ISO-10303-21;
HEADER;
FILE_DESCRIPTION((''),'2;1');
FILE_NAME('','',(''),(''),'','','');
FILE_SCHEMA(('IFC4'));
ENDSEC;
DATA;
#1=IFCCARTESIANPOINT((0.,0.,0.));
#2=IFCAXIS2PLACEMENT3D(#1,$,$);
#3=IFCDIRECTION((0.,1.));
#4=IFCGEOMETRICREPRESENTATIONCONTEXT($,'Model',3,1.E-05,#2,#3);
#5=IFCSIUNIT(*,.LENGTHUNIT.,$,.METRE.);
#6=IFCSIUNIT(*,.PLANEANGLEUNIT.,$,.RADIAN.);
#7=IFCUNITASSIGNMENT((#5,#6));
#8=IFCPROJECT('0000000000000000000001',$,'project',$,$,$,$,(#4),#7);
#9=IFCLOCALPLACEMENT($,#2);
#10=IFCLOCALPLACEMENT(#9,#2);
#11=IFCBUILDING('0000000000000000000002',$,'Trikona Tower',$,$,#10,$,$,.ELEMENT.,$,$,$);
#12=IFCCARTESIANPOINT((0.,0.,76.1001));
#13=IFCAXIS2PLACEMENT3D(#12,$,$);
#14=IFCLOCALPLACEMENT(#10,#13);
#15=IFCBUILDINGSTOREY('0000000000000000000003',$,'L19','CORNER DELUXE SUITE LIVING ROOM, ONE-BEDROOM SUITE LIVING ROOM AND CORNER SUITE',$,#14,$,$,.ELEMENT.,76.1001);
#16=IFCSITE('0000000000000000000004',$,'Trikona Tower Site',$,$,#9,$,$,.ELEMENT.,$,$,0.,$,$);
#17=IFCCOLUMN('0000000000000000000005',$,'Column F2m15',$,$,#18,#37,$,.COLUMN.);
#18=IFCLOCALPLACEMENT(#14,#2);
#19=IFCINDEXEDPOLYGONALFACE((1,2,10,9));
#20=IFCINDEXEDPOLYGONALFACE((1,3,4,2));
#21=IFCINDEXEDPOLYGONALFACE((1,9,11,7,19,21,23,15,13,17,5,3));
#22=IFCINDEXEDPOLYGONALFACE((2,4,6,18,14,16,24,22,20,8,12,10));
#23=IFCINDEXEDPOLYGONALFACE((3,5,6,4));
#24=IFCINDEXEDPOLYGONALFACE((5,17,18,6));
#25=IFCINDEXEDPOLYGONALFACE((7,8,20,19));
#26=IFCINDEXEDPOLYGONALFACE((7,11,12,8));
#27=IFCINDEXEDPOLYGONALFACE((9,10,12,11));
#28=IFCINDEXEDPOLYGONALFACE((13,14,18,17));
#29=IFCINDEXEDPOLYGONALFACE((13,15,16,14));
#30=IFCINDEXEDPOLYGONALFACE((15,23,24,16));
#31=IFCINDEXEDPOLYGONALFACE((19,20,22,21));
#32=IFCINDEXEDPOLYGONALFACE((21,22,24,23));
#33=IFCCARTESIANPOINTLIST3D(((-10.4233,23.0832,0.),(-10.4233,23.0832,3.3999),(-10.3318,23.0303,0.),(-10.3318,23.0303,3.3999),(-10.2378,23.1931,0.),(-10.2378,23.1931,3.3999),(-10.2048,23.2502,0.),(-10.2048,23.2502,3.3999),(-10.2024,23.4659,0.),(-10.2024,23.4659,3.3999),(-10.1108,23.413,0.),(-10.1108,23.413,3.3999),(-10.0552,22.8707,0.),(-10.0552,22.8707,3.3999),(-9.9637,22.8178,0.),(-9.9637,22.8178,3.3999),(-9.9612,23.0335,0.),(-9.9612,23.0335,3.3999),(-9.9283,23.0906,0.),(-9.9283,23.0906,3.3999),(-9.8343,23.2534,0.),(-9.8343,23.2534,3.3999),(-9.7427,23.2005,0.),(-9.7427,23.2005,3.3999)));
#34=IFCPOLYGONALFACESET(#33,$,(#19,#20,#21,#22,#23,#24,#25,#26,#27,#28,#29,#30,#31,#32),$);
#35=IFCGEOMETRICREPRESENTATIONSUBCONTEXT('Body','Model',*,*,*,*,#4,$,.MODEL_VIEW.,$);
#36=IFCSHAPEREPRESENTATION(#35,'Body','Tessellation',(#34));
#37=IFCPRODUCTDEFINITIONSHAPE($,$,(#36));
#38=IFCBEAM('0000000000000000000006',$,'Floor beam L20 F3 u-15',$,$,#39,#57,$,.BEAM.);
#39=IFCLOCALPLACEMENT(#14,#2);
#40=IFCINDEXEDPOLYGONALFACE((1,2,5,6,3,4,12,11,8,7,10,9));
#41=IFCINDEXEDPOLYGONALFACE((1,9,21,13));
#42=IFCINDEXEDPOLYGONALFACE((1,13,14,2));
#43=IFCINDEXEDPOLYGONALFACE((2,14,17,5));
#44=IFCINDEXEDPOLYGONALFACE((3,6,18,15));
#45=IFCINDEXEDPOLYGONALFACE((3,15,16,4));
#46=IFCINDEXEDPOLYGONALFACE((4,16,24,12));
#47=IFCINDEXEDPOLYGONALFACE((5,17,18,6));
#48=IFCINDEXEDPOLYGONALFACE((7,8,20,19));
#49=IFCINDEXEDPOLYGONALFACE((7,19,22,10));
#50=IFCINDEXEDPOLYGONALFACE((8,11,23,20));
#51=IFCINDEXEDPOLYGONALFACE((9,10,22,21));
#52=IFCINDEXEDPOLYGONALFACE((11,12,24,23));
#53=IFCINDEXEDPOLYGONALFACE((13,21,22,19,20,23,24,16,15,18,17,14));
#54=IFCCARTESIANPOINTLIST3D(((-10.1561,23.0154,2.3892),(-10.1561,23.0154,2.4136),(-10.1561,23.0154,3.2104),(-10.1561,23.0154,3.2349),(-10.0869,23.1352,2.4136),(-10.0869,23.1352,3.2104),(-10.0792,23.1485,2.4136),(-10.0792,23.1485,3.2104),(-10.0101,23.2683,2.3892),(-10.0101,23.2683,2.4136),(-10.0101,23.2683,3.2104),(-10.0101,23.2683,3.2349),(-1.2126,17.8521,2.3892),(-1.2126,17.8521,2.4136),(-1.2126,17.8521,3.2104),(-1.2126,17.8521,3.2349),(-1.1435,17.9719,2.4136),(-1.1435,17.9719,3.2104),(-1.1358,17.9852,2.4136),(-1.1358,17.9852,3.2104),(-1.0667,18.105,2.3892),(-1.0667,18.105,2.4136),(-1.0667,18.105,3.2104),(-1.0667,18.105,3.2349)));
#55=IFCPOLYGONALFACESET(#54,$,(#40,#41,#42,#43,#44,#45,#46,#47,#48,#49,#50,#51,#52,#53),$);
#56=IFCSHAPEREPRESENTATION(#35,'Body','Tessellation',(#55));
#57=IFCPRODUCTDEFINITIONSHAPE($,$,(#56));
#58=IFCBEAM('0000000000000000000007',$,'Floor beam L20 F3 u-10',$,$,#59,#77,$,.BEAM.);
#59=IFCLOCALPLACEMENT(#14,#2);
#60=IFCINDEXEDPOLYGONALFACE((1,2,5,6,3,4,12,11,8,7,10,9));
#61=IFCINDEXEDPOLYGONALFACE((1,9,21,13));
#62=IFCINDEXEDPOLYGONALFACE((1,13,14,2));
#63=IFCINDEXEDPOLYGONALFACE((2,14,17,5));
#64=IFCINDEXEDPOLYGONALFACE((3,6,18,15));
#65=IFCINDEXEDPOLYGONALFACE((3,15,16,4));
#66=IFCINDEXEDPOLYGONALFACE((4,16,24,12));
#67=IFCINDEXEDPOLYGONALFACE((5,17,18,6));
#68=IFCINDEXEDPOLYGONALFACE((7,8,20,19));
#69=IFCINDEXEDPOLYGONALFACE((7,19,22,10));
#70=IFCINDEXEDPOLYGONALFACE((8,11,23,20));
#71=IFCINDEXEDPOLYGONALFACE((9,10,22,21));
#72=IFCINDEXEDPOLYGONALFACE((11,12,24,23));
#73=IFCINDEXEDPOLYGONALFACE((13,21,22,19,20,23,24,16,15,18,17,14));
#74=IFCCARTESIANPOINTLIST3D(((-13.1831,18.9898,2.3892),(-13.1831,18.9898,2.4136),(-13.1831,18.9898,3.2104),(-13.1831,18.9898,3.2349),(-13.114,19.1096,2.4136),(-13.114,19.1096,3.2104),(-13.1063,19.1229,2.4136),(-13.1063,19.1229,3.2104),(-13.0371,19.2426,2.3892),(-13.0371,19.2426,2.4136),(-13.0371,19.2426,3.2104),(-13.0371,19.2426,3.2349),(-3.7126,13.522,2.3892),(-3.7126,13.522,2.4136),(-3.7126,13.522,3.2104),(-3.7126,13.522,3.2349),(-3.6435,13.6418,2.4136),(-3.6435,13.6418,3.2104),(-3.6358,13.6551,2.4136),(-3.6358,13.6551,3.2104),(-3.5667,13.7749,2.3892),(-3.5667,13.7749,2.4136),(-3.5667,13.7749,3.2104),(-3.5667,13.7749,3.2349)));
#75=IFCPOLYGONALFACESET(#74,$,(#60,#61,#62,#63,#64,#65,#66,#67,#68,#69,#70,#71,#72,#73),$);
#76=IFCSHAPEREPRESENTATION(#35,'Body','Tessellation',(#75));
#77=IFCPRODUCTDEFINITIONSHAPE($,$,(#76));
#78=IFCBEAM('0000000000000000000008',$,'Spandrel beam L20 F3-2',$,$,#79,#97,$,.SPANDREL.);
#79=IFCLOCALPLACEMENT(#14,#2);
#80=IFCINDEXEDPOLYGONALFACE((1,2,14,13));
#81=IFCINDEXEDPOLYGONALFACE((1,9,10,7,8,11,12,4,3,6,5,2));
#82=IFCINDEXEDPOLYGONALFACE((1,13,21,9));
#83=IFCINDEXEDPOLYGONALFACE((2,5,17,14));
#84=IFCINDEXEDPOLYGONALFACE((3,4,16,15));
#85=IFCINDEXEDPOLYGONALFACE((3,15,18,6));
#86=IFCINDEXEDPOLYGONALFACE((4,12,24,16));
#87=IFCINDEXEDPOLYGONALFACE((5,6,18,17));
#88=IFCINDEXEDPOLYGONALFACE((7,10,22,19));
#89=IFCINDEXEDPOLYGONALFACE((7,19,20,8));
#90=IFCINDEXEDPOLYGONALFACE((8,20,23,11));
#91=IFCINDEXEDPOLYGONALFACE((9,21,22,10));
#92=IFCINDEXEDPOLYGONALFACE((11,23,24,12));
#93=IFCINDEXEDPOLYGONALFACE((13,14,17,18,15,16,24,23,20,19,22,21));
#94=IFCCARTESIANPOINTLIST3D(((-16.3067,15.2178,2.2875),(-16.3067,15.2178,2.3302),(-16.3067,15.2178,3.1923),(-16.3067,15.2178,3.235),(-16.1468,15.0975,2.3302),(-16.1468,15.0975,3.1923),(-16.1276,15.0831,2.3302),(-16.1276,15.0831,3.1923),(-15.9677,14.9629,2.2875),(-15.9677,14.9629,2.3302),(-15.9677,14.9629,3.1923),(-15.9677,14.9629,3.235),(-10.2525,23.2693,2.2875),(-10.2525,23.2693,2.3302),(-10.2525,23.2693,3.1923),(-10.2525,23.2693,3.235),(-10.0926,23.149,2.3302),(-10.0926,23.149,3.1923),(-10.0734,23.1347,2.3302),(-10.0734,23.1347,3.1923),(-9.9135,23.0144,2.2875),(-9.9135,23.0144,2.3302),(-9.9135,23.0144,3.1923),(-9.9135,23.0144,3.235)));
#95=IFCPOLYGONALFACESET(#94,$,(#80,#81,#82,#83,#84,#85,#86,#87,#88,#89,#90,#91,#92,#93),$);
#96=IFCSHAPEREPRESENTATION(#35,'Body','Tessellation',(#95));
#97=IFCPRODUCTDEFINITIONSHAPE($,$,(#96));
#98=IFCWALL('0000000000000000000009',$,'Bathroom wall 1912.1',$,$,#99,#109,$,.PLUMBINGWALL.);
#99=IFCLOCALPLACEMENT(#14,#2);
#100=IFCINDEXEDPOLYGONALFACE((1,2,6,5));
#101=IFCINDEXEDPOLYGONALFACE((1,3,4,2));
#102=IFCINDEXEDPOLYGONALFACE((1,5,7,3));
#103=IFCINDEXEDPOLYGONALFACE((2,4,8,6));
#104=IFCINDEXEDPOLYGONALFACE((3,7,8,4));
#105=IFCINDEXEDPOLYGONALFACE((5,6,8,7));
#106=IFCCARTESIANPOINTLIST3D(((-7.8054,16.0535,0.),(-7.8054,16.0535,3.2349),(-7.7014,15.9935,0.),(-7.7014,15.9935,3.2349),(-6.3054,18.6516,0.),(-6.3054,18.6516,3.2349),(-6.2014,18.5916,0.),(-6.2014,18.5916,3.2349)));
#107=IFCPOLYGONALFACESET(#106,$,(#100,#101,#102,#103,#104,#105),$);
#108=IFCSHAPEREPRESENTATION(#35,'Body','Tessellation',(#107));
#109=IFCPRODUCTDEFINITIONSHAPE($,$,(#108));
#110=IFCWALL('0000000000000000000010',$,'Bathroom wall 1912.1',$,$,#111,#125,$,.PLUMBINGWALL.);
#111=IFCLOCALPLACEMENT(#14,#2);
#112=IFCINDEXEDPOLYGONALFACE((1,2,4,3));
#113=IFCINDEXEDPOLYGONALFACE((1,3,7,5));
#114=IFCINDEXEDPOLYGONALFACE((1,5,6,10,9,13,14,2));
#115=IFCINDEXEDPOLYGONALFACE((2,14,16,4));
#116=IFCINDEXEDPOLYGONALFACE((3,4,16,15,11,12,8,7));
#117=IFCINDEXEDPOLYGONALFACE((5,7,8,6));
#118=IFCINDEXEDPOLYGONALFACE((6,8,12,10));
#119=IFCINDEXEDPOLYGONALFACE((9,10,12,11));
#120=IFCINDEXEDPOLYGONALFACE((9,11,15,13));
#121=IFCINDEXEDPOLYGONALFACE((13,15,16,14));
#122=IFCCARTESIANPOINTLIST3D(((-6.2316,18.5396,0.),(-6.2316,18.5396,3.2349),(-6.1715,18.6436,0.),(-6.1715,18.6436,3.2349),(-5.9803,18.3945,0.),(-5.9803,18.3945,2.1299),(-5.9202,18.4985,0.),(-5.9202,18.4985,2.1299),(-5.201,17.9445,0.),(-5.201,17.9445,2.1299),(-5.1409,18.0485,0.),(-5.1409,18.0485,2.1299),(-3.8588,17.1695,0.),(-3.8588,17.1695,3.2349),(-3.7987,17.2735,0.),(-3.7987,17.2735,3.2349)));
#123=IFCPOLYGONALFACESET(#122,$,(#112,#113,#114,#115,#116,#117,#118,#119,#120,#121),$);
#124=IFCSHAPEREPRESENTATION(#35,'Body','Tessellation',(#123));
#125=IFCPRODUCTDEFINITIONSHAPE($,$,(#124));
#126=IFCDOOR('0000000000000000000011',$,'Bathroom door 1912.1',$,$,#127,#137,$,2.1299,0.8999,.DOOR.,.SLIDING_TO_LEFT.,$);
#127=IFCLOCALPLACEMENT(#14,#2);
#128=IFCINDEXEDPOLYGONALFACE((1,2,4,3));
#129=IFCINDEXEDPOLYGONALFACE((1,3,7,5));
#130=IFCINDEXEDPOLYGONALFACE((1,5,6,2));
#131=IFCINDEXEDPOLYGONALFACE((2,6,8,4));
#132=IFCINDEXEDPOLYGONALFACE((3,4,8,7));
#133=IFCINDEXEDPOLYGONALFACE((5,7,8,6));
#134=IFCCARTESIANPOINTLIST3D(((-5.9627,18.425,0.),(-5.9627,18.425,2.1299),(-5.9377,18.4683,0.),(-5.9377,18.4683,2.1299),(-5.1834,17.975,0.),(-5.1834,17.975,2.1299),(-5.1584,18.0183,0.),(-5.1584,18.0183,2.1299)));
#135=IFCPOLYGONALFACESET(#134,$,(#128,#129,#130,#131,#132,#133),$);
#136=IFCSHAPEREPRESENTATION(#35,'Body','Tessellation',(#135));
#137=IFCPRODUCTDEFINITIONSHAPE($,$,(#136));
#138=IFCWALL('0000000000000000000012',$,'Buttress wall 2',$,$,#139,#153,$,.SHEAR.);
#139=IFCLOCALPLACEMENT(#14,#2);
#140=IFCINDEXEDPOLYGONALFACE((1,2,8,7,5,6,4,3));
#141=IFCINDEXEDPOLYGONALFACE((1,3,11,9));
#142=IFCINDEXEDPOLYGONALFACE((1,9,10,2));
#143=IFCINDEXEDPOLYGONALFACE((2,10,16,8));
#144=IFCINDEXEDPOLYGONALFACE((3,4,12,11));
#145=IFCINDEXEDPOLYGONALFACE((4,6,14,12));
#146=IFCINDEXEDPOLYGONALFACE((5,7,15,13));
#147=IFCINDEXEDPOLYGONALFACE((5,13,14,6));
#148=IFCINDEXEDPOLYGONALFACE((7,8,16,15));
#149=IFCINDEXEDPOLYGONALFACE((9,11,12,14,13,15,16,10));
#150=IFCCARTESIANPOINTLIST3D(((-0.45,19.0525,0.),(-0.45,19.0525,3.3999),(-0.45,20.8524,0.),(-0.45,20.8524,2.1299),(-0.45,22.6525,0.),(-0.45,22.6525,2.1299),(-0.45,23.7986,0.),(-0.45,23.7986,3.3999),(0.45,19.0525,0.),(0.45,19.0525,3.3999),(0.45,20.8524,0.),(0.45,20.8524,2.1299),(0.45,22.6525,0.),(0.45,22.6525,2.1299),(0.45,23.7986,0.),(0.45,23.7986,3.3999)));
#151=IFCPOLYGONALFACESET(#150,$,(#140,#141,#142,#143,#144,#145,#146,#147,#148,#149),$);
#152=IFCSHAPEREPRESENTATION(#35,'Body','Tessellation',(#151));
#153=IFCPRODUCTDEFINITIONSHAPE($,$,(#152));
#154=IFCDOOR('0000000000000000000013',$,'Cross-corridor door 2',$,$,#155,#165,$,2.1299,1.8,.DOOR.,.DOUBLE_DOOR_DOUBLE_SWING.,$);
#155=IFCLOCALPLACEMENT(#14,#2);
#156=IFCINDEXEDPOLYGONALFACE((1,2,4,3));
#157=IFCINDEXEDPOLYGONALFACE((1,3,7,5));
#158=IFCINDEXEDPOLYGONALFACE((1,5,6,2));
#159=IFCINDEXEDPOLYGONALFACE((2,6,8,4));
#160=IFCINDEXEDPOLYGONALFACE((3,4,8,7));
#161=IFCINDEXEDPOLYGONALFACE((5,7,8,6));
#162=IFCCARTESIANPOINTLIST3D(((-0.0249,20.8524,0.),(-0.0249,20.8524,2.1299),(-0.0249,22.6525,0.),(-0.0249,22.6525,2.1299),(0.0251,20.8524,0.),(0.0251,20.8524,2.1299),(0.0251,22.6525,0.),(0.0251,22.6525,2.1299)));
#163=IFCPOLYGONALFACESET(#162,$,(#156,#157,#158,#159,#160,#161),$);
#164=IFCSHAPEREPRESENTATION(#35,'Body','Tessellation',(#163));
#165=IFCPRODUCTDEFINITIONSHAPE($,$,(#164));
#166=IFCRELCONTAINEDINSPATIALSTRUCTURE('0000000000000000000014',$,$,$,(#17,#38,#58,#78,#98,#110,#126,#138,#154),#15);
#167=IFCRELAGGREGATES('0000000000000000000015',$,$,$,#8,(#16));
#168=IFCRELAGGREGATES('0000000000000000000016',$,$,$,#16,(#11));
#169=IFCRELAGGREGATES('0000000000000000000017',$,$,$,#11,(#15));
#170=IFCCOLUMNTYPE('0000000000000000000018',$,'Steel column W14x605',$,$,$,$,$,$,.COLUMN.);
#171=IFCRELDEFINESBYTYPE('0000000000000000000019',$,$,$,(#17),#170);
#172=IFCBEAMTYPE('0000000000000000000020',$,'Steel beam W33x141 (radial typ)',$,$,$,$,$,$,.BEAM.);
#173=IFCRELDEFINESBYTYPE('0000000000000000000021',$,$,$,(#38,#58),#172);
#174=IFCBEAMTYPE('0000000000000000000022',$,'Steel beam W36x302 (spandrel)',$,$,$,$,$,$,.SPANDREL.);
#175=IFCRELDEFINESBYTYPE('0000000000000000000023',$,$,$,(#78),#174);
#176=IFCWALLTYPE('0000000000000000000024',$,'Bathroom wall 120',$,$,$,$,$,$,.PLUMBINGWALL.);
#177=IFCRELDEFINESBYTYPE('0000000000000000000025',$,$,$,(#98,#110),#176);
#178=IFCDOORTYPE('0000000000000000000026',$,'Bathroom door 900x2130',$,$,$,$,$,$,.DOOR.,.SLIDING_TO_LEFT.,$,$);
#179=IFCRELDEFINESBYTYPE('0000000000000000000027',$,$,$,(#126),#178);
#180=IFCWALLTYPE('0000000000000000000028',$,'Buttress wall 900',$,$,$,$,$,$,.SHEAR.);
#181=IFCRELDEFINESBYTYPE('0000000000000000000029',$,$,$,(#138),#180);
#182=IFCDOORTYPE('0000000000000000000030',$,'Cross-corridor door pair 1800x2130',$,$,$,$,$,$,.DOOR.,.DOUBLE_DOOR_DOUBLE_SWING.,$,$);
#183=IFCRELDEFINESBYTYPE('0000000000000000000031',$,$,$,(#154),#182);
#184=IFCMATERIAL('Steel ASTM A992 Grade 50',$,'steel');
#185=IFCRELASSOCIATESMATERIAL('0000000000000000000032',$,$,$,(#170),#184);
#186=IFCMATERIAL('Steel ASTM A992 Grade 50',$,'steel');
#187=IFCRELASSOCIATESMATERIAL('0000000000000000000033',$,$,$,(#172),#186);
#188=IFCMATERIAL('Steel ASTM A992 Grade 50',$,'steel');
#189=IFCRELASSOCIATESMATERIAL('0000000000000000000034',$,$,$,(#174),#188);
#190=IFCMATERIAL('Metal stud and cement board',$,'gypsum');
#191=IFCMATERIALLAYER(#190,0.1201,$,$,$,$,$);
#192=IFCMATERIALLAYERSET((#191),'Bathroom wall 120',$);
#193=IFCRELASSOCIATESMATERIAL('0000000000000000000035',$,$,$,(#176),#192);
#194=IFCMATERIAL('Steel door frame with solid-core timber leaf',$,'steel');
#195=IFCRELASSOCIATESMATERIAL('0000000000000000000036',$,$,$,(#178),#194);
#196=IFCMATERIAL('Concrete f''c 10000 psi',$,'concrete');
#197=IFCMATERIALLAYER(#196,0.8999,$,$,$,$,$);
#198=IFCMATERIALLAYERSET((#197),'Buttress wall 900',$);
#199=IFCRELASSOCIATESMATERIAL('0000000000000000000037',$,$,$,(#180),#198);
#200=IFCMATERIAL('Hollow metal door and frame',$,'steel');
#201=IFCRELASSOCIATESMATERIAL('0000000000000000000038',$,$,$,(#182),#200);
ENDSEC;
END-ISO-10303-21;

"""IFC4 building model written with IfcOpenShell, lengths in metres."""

from ifc_helpers import new_model, si_unit, direction, frame, frame_2d, origin, origin_2d, place, context, subcontext, project, spatial, rectangle, i_section, extrude, material, layer, layer_set, material_profile, profile_set, type_object, element, fill, save


model = new_model("IFC4")

# Units and contexts
model_context = context("Model", 3, precision=1e-05, world=origin(), true_north=direction((0.0, 1.0)))
body_context = subcontext(model_context, "Body", "Model", "MODEL_VIEW")
ifc_project = project(units=[si_unit("LENGTHUNIT", "METRE"), si_unit("PLANEANGLEUNIT", "RADIAN")], contexts=[model_context])

# Site, building, storey
site_placement = place(None, origin())
site = spatial("IfcSite", under=ifc_project, at=site_placement, Name="Trikona Tower Site", CompositionType="ELEMENT", RefElevation=0.0)
building_placement = place(site_placement, origin())
building = spatial("IfcBuilding", under=site, at=building_placement, Name="Trikona Tower", CompositionType="ELEMENT")
storey_placement = place(building_placement, frame((0.0, 0.0, 76.1001)))
storey = spatial("IfcBuildingStorey", under=building, at=storey_placement, Name="L19", Description="CORNER DELUXE SUITE LIVING ROOM, ONE-BEDROOM SUITE LIVING ROOM AND CORNER SUITE", CompositionType="ELEMENT", Elevation=76.1001)

# Column
ifc_material_1 = material(Name="Steel ASTM A992 Grade 50", Category="steel")
ifc_material_profile_1 = material_profile(ifc_material_1, i_section(OverallWidth=0.4419, OverallDepth=0.5308, WebThickness=0.0659, FlangeThickness=0.1057, at=origin_2d()), Name="W14X605")
ifc_profile_set_1 = profile_set([ifc_material_profile_1], Name="Steel ASTM A992 Grade 50")
column_type = type_object("IfcColumnType", Name="Steel column W14x605", PredefinedType="COLUMN", material=ifc_profile_set_1)
column_placement = place(storey_placement, frame((-10.083, 23.1418, 0.0), z_axis=(0.0, 0.0, 1.0), x_axis=(-0.5, -0.866025, 0.0)))
element("IfcColumn", 1, at=column_placement, inside=storey, type_object=column_type, Name="Column F2m15", PredefinedType="COLUMN", context=body_context, shape_type="SweptSolid", body=[
    extrude(i_section(OverallWidth=0.4419, OverallDepth=0.5308, WebThickness=0.0659, FlangeThickness=0.1057, at=origin_2d()), origin(), (0.0, 0.0, 1.0), 3.3999),
])

# Beams
ifc_material_2 = material(Name="Steel ASTM A992 Grade 50", Category="steel")
ifc_material_profile_2 = material_profile(ifc_material_2, i_section(OverallWidth=0.292, OverallDepth=0.8457, WebThickness=0.0154, FlangeThickness=0.0244, at=origin_2d()), Name="W33X141")
ifc_profile_set_2 = profile_set([ifc_material_profile_2], Name="Steel ASTM A992 Grade 50")
beam_type_1 = type_object("IfcBeamType", Name="Steel beam W33x141 (radial typ)", PredefinedType="BEAM", material=ifc_profile_set_2)
beam_1_placement = place(storey_placement, frame((-1.1396, 17.9785, 2.812), z_axis=(-0.86603, 0.499991, 0.0), x_axis=(-0.499991, -0.86603, 0.0)))
element("IfcBeam", 2, at=beam_1_placement, inside=storey, type_object=beam_type_1, Name="Floor beam L20 F3 u-15", PredefinedType="BEAM", context=body_context, shape_type="SweptSolid", body=[
    extrude(i_section(OverallWidth=0.292, OverallDepth=0.8457, WebThickness=0.0154, FlangeThickness=0.0244, at=origin_2d()), origin(), (0.0, 0.0, 1.0), 10.3269),
])
beam_2_placement = place(storey_placement, frame((-3.6396, 13.6484, 2.812), z_axis=(-0.866025, 0.5, 0.0), x_axis=(-0.5, -0.866025, 0.0)))
element("IfcBeam", 3, at=beam_2_placement, inside=storey, type_object=beam_type_1, Name="Floor beam L20 F3 u-10", PredefinedType="BEAM", context=body_context, shape_type="SweptSolid", body=[
    extrude(i_section(OverallWidth=0.292, OverallDepth=0.8457, WebThickness=0.0154, FlangeThickness=0.0244, at=origin_2d()), origin(), (0.0, 0.0, 1.0), 10.9355),
])
ifc_material_3 = material(Name="Steel ASTM A992 Grade 50", Category="steel")
ifc_material_profile_3 = material_profile(ifc_material_3, i_section(OverallWidth=0.4241, OverallDepth=0.9475, WebThickness=0.0239, FlangeThickness=0.0427, at=origin_2d()), Name="W36X302")
ifc_profile_set_3 = profile_set([ifc_material_profile_3], Name="Steel ASTM A992 Grade 50")
beam_type_2 = type_object("IfcBeamType", Name="Steel beam W36x302 (spandrel)", PredefinedType="SPANDREL", material=ifc_profile_set_3)
beam_3_placement = place(storey_placement, frame((-10.083, 23.1418, 2.7612), z_axis=(-0.600988, -0.799258, 0.0), x_axis=(0.799258, -0.600988, 0.0)))
element("IfcBeam", 4, at=beam_3_placement, inside=storey, type_object=beam_type_2, Name="Spandrel beam L20 F3-2", PredefinedType="SPANDREL", context=body_context, shape_type="SweptSolid", body=[
    extrude(i_section(OverallWidth=0.4241, OverallDepth=0.9475, WebThickness=0.0239, FlangeThickness=0.0427, at=origin_2d()), origin(), (0.0, 0.0, 1.0), 10.0737),
])

# Wall
ifc_material_4 = material(Name="Metal stud and cement board", Category="gypsum")
ifc_layer_1 = layer(ifc_material_4, 0.1201)
ifc_layer_set_1 = layer_set([ifc_layer_1], Name="Bathroom wall 120")
wall_type_1 = type_object("IfcWallType", Name="Bathroom wall 120", PredefinedType="PLUMBINGWALL", material=ifc_layer_set_1)
wall_1_placement = place(storey_placement, frame((-6.2534, 18.6216, 0.0), z_axis=(0.0, 0.0, 1.0), x_axis=(-0.49999, -0.866031, 0.0)))
element("IfcWall", 5, at=wall_1_placement, inside=storey, type_object=wall_type_1, Name="Bathroom wall 1912.1", PredefinedType="PLUMBINGWALL", context=body_context, shape_type="SweptSolid", body=[
    extrude(rectangle(XDim=3.0, YDim=0.1201, at=frame_2d((1.5, 0.0))), origin(), (0.0, 0.0, 1.0), 3.2349),
])

# Walls, openings, doors
wall_2_placement = place(storey_placement, frame((-3.8286, 17.2214, 0.0), z_axis=(0.0, 0.0, 1.0), x_axis=(-0.865997, 0.500049, 0.0)))
wall_2 = element("IfcWall", 6, at=wall_2_placement, inside=storey, type_object=wall_type_1, Name="Bathroom wall 1912.1", PredefinedType="PLUMBINGWALL", context=body_context, shape_type="SweptSolid", body=[
    extrude(rectangle(XDim=2.74, YDim=0.1201, at=frame_2d((1.3701, 0.0))), origin(), (0.0, 0.0, 1.0), 3.2349),
])
opening_1_placement = place(wall_2_placement, frame((1.55, 0.0, 0.0)))
opening_1 = element("IfcOpeningElement", 7, at=opening_1_placement, cuts=wall_2, PredefinedType="OPENING", context=body_context, shape_type="SweptSolid", body=[
    extrude(rectangle(XDim=0.8999, YDim=2.1299, at=frame_2d((0.45, 1.0649))), frame((0.0, 0.0701, 0.0), z_axis=(0.0, -1.0, 0.0), x_axis=(1.0, 0.0, 0.0)), (0.0, 0.0, 1.0), 0.1401),
])
ifc_material_5 = material(Name="Steel door frame with solid-core timber leaf", Category="steel")
door_type_1 = type_object("IfcDoorType", Name="Bathroom door 900x2130", OperationType="SLIDING_TO_LEFT", PredefinedType="DOOR", material=ifc_material_5)
door_1_placement = place(opening_1_placement, origin())
door_1 = element("IfcDoor", 8, at=door_1_placement, inside=storey, type_object=door_type_1, Name="Bathroom door 1912.1", OperationType="SLIDING_TO_LEFT", OverallHeight=2.1299, OverallWidth=0.8999, PredefinedType="DOOR", context=body_context, shape_type="SweptSolid", body=[
    extrude(rectangle(XDim=0.8999, YDim=2.1299, at=frame_2d((0.45, 1.0649))), frame((0.0, 0.0249, 0.0), z_axis=(0.0, -1.0, 0.0), x_axis=(1.0, 0.0, 0.0)), (0.0, 0.0, 1.0), 0.05),
])
fill(opening_1, door_1)
ifc_material_6 = material(Name="Concrete f'c 10000 psi", Category="concrete")
ifc_layer_2 = layer(ifc_material_6, 0.8999)
ifc_layer_set_2 = layer_set([ifc_layer_2], Name="Buttress wall 900")
wall_type_2 = type_object("IfcWallType", Name="Buttress wall 900", PredefinedType="SHEAR", material=ifc_layer_set_2)
wall_3_placement = place(storey_placement, frame((0.0, 19.0525, 0.0), z_axis=(0.0, 0.0, 1.0), x_axis=(0.0, 1.0, 0.0)))
wall_3 = element("IfcWall", 9, at=wall_3_placement, inside=storey, type_object=wall_type_2, Name="Buttress wall 2", PredefinedType="SHEAR", context=body_context, shape_type="SweptSolid", body=[
    extrude(rectangle(XDim=4.7461, YDim=0.8999, at=frame_2d((2.373, 0.0))), origin(), (0.0, 0.0, 1.0), 3.3999),
])
opening_2_placement = place(wall_3_placement, frame((1.8, 0.0, 0.0)))
opening_2 = element("IfcOpeningElement", 10, at=opening_2_placement, cuts=wall_3, PredefinedType="OPENING", context=body_context, shape_type="SweptSolid", body=[
    extrude(rectangle(XDim=1.8, YDim=2.1299, at=frame_2d((0.8999, 1.0649))), frame((0.0, 0.46, 0.0), z_axis=(0.0, -1.0, 0.0), x_axis=(1.0, 0.0, 0.0)), (0.0, 0.0, 1.0), 0.9199),
])
ifc_material_7 = material(Name="Hollow metal door and frame", Category="steel")
door_type_2 = type_object("IfcDoorType", Name="Cross-corridor door pair 1800x2130", OperationType="DOUBLE_DOOR_DOUBLE_SWING", PredefinedType="DOOR", material=ifc_material_7)
door_2_placement = place(opening_2_placement, origin())
door_2 = element("IfcDoor", 11, at=door_2_placement, inside=storey, type_object=door_type_2, Name="Cross-corridor door 2", OperationType="DOUBLE_DOOR_DOUBLE_SWING", OverallHeight=2.1299, OverallWidth=1.8, PredefinedType="DOOR", context=body_context, shape_type="SweptSolid", body=[
    extrude(rectangle(XDim=1.8, YDim=2.1299, at=frame_2d((0.8999, 1.0649))), frame((0.0, 0.0249, 0.0), z_axis=(0.0, -1.0, 0.0), x_axis=(1.0, 0.0, 0.0)), (0.0, 0.0, 1.0), 0.05),
])
fill(opening_2, door_2)

save(model, "model.ifc")
